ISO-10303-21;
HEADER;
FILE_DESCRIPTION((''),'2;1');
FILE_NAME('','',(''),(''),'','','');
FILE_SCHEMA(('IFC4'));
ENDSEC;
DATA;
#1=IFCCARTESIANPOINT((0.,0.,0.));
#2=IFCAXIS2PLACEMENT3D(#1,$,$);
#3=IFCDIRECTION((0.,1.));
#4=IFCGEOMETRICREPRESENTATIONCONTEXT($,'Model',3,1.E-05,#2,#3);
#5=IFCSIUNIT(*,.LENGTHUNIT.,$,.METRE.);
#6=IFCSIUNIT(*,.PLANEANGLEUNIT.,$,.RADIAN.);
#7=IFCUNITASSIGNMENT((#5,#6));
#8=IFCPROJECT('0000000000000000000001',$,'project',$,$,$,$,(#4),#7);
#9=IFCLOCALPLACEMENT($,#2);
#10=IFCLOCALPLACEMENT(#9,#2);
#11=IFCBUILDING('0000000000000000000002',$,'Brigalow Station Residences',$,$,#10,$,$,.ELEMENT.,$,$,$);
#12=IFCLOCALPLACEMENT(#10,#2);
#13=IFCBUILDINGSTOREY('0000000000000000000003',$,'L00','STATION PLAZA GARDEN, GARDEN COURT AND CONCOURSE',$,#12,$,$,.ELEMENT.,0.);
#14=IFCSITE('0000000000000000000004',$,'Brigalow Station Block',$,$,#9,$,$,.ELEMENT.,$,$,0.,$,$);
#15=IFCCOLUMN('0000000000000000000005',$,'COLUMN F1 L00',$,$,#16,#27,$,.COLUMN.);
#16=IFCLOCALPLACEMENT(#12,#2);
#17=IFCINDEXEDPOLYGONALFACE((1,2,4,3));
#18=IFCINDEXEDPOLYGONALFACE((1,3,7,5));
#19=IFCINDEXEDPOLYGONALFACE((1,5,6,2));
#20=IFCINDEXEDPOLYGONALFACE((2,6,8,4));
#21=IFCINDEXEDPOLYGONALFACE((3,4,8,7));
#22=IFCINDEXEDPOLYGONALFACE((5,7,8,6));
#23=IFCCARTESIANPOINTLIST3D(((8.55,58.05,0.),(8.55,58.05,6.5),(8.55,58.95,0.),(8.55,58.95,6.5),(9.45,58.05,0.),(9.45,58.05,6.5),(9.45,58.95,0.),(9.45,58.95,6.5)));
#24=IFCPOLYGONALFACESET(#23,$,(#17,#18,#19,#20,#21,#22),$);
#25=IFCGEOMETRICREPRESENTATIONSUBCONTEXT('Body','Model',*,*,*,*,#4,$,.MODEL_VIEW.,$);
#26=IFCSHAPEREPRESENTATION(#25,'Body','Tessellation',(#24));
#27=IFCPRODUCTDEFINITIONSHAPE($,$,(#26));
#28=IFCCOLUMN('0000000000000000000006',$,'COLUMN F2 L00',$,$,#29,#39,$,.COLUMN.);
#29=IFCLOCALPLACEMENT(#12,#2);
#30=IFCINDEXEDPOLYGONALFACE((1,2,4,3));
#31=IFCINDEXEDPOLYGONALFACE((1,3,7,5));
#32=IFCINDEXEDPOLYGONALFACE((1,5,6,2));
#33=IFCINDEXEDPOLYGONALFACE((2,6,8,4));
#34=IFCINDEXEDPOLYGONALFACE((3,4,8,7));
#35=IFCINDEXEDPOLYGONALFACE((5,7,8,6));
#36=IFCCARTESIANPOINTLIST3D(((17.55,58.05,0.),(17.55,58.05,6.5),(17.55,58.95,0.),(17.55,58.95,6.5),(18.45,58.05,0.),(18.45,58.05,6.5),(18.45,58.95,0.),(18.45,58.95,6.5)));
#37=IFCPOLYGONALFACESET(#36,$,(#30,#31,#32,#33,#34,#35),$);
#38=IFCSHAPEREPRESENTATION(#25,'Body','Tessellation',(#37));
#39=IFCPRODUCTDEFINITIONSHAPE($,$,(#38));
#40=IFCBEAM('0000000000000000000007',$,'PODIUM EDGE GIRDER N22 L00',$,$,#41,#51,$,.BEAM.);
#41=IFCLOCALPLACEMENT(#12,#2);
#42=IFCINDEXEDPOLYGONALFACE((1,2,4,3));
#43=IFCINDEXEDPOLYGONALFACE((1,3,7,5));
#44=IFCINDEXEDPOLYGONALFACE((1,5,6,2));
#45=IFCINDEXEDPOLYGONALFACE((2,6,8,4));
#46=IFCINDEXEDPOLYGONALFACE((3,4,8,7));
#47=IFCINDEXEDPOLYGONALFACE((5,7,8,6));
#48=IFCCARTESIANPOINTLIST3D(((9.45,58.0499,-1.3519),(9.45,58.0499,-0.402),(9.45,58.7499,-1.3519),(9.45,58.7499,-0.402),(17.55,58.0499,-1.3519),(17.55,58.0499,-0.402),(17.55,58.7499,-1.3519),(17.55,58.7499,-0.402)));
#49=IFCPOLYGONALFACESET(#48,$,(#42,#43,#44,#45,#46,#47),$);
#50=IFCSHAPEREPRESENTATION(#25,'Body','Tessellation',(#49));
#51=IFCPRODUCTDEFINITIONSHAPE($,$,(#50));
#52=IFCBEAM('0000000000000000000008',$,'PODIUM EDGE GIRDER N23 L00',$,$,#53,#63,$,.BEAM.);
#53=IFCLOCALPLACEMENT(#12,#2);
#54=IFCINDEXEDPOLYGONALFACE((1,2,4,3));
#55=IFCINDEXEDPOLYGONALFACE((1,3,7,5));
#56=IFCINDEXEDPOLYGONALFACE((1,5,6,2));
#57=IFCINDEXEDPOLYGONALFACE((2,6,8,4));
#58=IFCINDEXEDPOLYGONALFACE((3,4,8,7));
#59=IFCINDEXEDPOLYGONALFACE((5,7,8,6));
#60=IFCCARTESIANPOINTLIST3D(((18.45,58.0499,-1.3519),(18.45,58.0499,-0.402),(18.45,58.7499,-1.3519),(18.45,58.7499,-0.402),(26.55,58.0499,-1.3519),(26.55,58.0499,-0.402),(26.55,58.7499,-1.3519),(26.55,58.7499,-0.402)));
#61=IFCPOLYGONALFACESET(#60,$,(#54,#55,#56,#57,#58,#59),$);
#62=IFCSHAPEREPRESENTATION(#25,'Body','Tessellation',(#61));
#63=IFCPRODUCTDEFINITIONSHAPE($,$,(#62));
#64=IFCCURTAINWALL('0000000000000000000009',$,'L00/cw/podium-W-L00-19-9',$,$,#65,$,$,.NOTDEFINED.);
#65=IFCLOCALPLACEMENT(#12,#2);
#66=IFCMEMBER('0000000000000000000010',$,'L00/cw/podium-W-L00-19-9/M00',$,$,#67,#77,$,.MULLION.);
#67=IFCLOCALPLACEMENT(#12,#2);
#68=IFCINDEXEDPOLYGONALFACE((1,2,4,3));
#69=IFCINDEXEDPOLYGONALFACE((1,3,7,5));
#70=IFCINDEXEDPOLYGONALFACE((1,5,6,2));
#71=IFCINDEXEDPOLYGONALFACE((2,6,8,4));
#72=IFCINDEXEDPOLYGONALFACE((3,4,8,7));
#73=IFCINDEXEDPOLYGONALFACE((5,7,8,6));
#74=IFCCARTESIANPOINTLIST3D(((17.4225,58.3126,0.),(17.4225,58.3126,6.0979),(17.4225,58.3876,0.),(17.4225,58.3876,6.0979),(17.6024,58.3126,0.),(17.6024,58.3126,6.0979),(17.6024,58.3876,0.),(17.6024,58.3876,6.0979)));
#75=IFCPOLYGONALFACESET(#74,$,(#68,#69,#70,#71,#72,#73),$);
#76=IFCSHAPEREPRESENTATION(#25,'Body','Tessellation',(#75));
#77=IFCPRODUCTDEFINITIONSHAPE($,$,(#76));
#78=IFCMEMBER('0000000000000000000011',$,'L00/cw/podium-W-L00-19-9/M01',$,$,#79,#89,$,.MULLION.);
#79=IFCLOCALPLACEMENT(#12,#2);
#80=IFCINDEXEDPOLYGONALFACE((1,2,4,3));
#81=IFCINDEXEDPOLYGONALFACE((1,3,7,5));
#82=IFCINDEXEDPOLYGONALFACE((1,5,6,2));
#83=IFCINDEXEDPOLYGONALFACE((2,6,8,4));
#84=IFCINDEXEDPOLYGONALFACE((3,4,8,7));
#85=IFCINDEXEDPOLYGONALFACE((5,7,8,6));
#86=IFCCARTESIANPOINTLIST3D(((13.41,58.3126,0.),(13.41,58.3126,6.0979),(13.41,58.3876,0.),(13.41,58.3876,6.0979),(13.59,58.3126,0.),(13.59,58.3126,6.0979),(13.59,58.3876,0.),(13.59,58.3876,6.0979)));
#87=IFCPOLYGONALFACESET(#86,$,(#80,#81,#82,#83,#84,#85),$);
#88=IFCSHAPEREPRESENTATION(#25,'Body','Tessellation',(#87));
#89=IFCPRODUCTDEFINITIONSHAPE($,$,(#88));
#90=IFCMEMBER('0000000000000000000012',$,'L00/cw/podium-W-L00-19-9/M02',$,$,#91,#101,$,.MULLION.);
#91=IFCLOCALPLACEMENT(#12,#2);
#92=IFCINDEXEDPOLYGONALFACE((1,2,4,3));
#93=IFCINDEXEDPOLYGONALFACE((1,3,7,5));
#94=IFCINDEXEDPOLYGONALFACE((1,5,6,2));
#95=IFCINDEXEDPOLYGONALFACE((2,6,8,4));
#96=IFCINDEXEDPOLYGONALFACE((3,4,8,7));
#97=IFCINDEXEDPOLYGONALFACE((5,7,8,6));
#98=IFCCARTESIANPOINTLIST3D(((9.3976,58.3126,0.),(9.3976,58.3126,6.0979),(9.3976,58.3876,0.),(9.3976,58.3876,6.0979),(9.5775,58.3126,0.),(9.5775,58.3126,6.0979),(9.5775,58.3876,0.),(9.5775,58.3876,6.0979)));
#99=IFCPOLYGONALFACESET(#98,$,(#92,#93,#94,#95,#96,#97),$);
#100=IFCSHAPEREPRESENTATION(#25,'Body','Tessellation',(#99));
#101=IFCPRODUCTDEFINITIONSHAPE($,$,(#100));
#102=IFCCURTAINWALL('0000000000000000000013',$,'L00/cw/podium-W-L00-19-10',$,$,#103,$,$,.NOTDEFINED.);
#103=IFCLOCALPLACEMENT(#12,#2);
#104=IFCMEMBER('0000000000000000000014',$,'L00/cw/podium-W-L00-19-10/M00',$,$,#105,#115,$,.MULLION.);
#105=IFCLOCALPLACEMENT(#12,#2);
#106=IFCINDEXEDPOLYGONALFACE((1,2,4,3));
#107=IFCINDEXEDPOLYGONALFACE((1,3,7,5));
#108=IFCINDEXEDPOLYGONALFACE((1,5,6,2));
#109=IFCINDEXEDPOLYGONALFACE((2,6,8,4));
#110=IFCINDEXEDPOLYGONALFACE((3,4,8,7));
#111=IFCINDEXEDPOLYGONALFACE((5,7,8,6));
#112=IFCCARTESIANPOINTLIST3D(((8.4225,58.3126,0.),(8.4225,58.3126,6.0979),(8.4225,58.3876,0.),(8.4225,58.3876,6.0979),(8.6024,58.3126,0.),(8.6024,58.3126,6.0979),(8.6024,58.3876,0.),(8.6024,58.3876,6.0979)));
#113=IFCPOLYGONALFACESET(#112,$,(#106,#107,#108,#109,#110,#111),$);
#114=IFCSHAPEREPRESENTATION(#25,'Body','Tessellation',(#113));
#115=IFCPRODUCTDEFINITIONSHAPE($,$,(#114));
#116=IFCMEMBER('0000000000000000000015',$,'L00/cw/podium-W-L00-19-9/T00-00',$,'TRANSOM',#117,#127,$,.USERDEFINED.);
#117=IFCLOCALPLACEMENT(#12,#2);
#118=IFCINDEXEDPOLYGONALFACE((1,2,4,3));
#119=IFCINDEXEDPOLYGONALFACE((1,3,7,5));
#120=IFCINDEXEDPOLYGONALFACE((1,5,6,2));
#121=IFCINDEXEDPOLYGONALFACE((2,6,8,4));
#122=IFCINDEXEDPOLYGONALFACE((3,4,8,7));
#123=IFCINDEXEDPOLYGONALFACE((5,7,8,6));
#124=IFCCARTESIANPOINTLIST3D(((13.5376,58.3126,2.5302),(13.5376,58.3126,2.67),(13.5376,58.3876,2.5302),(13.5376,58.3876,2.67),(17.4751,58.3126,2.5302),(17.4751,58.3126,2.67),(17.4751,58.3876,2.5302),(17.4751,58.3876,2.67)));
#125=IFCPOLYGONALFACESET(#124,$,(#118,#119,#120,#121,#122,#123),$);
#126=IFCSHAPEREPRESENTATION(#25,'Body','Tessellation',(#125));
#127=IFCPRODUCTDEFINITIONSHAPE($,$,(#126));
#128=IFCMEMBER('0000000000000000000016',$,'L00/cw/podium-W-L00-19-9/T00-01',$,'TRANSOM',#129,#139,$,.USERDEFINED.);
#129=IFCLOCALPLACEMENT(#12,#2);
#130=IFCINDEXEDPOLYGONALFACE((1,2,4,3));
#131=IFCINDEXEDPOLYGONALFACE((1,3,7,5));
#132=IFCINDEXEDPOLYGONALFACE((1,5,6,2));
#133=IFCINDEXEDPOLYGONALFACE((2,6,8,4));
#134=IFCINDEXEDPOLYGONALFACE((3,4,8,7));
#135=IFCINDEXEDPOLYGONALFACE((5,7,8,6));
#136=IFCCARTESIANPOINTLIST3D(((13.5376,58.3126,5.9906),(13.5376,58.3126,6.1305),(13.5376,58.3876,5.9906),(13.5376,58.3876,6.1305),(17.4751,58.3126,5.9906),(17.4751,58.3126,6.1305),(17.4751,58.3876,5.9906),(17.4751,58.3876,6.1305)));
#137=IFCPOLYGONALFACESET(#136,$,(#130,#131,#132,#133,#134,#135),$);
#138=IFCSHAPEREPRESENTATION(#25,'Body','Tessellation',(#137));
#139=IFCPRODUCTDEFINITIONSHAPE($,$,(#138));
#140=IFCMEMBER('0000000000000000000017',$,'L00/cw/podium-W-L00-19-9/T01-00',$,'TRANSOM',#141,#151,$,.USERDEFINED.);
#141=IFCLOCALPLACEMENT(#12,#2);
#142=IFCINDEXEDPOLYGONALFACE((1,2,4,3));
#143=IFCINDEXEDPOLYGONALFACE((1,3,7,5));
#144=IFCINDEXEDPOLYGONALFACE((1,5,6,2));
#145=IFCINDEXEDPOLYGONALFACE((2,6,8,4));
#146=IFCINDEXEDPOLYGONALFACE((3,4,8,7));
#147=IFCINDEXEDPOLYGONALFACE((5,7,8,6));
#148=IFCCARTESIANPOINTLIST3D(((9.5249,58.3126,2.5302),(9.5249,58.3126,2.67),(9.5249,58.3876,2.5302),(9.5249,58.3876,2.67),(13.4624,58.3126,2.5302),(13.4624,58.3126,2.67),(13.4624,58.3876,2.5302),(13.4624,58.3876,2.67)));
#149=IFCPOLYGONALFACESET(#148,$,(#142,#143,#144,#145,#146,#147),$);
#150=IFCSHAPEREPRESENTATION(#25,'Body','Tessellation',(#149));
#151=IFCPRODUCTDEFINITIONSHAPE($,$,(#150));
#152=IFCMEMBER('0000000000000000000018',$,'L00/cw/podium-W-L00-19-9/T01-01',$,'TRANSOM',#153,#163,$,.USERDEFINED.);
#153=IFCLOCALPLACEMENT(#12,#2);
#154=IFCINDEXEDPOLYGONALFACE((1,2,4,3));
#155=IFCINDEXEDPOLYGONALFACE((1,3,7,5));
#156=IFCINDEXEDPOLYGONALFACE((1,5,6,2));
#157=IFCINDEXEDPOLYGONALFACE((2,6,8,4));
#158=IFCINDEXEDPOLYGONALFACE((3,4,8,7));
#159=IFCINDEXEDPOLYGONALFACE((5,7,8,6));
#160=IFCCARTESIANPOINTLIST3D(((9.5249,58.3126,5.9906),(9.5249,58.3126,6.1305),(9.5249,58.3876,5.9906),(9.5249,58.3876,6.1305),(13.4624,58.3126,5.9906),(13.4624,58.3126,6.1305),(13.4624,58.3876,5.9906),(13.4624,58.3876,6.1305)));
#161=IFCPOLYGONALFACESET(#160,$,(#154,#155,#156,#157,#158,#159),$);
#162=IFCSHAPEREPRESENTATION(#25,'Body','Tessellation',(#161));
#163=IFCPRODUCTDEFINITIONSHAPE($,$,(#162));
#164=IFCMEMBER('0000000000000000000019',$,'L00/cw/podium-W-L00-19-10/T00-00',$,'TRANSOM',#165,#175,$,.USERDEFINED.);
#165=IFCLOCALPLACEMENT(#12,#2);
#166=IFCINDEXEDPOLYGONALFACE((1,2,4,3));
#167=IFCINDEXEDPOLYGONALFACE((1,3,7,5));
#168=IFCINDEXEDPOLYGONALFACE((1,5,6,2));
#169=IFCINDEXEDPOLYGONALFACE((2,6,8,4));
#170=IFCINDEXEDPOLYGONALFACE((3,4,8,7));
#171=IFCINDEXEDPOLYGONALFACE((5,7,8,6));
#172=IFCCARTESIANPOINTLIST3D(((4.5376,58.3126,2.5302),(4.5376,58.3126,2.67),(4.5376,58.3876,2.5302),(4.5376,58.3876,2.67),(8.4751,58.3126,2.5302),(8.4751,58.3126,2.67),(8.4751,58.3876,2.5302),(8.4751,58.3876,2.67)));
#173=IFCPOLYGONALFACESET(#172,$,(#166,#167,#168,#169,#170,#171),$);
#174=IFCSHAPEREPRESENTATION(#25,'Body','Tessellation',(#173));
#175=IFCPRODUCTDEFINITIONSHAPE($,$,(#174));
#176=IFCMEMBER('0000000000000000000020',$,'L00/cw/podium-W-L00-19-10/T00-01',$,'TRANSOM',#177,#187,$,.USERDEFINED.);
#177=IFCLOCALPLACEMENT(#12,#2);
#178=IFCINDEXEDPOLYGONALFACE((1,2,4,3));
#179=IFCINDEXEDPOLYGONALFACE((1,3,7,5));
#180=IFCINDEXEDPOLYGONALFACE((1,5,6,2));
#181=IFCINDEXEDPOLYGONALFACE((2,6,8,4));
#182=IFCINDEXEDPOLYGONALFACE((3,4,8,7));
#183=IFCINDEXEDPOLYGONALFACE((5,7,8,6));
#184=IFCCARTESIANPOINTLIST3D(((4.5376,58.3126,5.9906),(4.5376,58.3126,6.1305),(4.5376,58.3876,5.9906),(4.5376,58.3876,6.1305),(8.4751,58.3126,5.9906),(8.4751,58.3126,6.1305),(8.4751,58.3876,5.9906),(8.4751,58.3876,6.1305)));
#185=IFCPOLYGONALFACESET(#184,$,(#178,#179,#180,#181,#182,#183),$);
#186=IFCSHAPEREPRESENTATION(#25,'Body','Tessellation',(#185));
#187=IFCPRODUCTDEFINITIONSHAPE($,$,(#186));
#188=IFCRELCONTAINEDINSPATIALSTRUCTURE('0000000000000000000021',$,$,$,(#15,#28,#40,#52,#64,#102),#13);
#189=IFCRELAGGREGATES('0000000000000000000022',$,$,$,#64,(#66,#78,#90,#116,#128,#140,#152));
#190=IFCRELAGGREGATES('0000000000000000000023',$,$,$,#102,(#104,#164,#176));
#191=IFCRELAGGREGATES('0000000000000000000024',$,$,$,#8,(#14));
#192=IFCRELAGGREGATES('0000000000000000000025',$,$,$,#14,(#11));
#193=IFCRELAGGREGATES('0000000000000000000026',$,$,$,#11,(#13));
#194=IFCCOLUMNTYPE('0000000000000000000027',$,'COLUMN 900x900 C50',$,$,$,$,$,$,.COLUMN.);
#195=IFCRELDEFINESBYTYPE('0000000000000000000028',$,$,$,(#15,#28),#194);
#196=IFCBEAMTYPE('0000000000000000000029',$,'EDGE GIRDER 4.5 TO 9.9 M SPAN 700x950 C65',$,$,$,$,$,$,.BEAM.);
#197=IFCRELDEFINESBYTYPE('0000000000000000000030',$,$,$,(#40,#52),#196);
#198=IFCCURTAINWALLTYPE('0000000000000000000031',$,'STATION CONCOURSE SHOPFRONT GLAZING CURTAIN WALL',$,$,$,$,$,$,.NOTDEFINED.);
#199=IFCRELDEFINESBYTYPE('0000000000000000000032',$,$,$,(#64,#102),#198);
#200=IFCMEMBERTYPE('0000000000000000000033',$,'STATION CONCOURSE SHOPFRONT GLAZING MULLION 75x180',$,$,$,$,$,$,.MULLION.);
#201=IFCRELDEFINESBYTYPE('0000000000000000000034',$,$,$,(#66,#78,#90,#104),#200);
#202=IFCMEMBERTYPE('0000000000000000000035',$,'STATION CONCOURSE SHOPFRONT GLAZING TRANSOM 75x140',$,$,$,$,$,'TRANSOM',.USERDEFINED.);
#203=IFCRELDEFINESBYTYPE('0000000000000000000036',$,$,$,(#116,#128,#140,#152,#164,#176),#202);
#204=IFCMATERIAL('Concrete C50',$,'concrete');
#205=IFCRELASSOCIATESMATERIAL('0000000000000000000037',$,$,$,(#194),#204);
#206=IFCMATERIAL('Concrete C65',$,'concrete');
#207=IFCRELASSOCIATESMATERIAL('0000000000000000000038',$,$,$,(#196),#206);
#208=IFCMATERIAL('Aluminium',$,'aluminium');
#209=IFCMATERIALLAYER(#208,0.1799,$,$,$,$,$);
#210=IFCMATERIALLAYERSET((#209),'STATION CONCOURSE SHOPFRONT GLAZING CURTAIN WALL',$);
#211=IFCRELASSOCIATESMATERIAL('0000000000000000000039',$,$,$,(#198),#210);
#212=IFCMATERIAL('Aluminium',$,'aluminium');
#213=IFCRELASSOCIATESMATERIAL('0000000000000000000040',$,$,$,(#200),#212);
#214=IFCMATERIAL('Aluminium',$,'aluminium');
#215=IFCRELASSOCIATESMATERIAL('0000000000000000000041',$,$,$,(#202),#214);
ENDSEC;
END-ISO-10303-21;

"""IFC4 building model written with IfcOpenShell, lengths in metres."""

from ifc_helpers import new_model, si_unit, direction, frame, origin, origin_2d, place, context, subcontext, project, spatial, rectangle, extrude, material, layer, layer_set, material_profile, profile_set, type_object, element, aggregate, save


model = new_model("IFC4")

# Units and contexts
model_context = context("Model", 3, precision=1e-05, world=origin(), true_north=direction((0.0, 1.0)))
body_context = subcontext(model_context, "Body", "Model", "MODEL_VIEW")
ifc_project = project(units=[si_unit("LENGTHUNIT", "METRE"), si_unit("PLANEANGLEUNIT", "RADIAN")], contexts=[model_context])

# Site, building, storey
site_placement = place(None, origin())
site = spatial("IfcSite", under=ifc_project, at=site_placement, Name="Brigalow Station Block", CompositionType="ELEMENT", RefElevation=0.0)
building_placement = place(site_placement, origin())
building = spatial("IfcBuilding", under=site, at=building_placement, Name="Brigalow Station Residences", CompositionType="ELEMENT")
storey_placement = place(building_placement, origin())
storey = spatial("IfcBuildingStorey", under=building, at=storey_placement, Name="L00", Description="STATION PLAZA GARDEN, GARDEN COURT AND CONCOURSE", CompositionType="ELEMENT", Elevation=0.0)

# Columns
ifc_material_1 = material(Name="Concrete C50", Category="concrete")
ifc_material_profile_1 = material_profile(ifc_material_1, rectangle(XDim=0.8999, YDim=0.8999, at=origin_2d()), Name="RC900x900")
ifc_profile_set_1 = profile_set([ifc_material_profile_1], Name="Concrete C50")
column_type = type_object("IfcColumnType", Name="COLUMN 900x900 C50", PredefinedType="COLUMN", material=ifc_profile_set_1)
for number, where, z_axis, x_axis, name in (
    (1, (9.0, 58.5, 0.0), (0.0, 0.0, 1.0), (1.0, 0.0, 0.0), "COLUMN F1 L00"),
    (2, (18.0, 58.5, 0.0), (0.0, 0.0, 1.0), (1.0, 0.0, 0.0), "COLUMN F2 L00"),
):
    element("IfcColumn", number, at=place(storey_placement, frame(where, z_axis=z_axis, x_axis=x_axis)), inside=storey, type_object=column_type, Name=name, PredefinedType="COLUMN", context=body_context, shape_type="SweptSolid", body=[
        extrude(rectangle(XDim=0.8999, YDim=0.8999, at=origin_2d()), origin(), (0.0, 0.0, 1.0), 6.5),
    ])

# Beams
ifc_material_2 = material(Name="Concrete C65", Category="concrete")
ifc_material_profile_2 = material_profile(ifc_material_2, rectangle(XDim=0.7, YDim=0.95, at=origin_2d()), Name="RC700x950")
ifc_profile_set_2 = profile_set([ifc_material_profile_2], Name="Concrete C65")
beam_type = type_object("IfcBeamType", Name="EDGE GIRDER 4.5 TO 9.9 M SPAN 700x950 C65", PredefinedType="BEAM", material=ifc_profile_set_2)
for number, where, z_axis, x_axis, name in (
    (3, (9.45, 58.3999, -0.877), (1.0, 0.0, 0.0), (0.0, 1.0, 0.0), "PODIUM EDGE GIRDER N22 L00"),
    (4, (18.45, 58.3999, -0.877), (1.0, 0.0, 0.0), (0.0, 1.0, 0.0), "PODIUM EDGE GIRDER N23 L00"),
):
    element("IfcBeam", number, at=place(storey_placement, frame(where, z_axis=z_axis, x_axis=x_axis)), inside=storey, type_object=beam_type, Name=name, PredefinedType="BEAM", context=body_context, shape_type="SweptSolid", body=[
        extrude(rectangle(XDim=0.7, YDim=0.95, at=origin_2d()), origin(), (0.0, 0.0, 1.0), 8.1001),
    ])

# Curtain wall, members
ifc_material_3 = material(Name="Aluminium", Category="aluminium")
ifc_layer_1 = layer(ifc_material_3, 0.1799)
ifc_layer_set_1 = layer_set([ifc_layer_1], Name="STATION CONCOURSE SHOPFRONT GLAZING CURTAIN WALL")
curtain_wall_type = type_object("IfcCurtainWallType", Name="STATION CONCOURSE SHOPFRONT GLAZING CURTAIN WALL", PredefinedType="NOTDEFINED", material=ifc_layer_set_1)
curtain_wall_1_placement = place(storey_placement, origin())
curtain_wall_1 = element("IfcCurtainWall", 5, at=curtain_wall_1_placement, inside=storey, type_object=curtain_wall_type, Name="L00/cw/podium-W-L00-19-9", PredefinedType="NOTDEFINED")
ifc_material_4 = material(Name="Aluminium", Category="aluminium")
ifc_material_profile_3 = material_profile(ifc_material_4, rectangle(XDim=0.075, YDim=0.1799, at=origin_2d()), Name="STATION CONCOURSE SHOPFRONT GLAZING MULLION 75x180")
ifc_profile_set_3 = profile_set([ifc_material_profile_3], Name="Aluminium")
member_type_1 = type_object("IfcMemberType", Name="STATION CONCOURSE SHOPFRONT GLAZING MULLION 75x180", PredefinedType="MULLION", material=ifc_profile_set_3)
member_1_placement = place(storey_placement, frame((17.5125, 58.3501, 0.0), z_axis=(0.0, 0.0, 1.0), x_axis=(0.0, -1.0, 0.0)))
member_1 = element("IfcMember", 6, at=member_1_placement, type_object=member_type_1, Name="L00/cw/podium-W-L00-19-9/M00", PredefinedType="MULLION", context=body_context, shape_type="SweptSolid", body=[
    extrude(rectangle(XDim=0.075, YDim=0.1799, at=origin_2d()), origin(), (0.0, 0.0, 1.0), 6.0979),
])
member_2_placement = place(storey_placement, frame((13.5, 58.3501, 0.0), z_axis=(0.0, 0.0, 1.0), x_axis=(0.0, -1.0, 0.0)))
member_2 = element("IfcMember", 7, at=member_2_placement, type_object=member_type_1, Name="L00/cw/podium-W-L00-19-9/M01", PredefinedType="MULLION", context=body_context, shape_type="SweptSolid", body=[
    extrude(rectangle(XDim=0.075, YDim=0.1799, at=origin_2d()), origin(), (0.0, 0.0, 1.0), 6.0979),
])
member_3_placement = place(storey_placement, frame((9.4875, 58.3501, 0.0), z_axis=(0.0, 0.0, 1.0), x_axis=(0.0, -1.0, 0.0)))
member_3 = element("IfcMember", 8, at=member_3_placement, type_object=member_type_1, Name="L00/cw/podium-W-L00-19-9/M02", PredefinedType="MULLION", context=body_context, shape_type="SweptSolid", body=[
    extrude(rectangle(XDim=0.075, YDim=0.1799, at=origin_2d()), origin(), (0.0, 0.0, 1.0), 6.0979),
])

# Curtain wall, member
curtain_wall_2_placement = place(storey_placement, origin())
curtain_wall_2 = element("IfcCurtainWall", 9, at=curtain_wall_2_placement, inside=storey, type_object=curtain_wall_type, Name="L00/cw/podium-W-L00-19-10", PredefinedType="NOTDEFINED")
member_4_placement = place(storey_placement, frame((8.5125, 58.3501, 0.0), z_axis=(0.0, 0.0, 1.0), x_axis=(0.0, -1.0, 0.0)))
member_4 = element("IfcMember", 10, at=member_4_placement, type_object=member_type_1, Name="L00/cw/podium-W-L00-19-10/M00", PredefinedType="MULLION", context=body_context, shape_type="SweptSolid", body=[
    extrude(rectangle(XDim=0.075, YDim=0.1799, at=origin_2d()), origin(), (0.0, 0.0, 1.0), 6.0979),
])

# Members
ifc_material_5 = material(Name="Aluminium", Category="aluminium")
ifc_material_profile_4 = material_profile(ifc_material_5, rectangle(XDim=0.075, YDim=0.1399, at=origin_2d()), Name="STATION CONCOURSE SHOPFRONT GLAZING TRANSOM 75x140")
ifc_profile_set_4 = profile_set([ifc_material_profile_4], Name="Aluminium")
member_type_2 = type_object("IfcMemberType", Name="STATION CONCOURSE SHOPFRONT GLAZING TRANSOM 75x140", ElementType="TRANSOM", PredefinedType="USERDEFINED", material=ifc_profile_set_4)
member_5_placement = place(storey_placement, frame((17.4751, 58.3501, 2.6001), z_axis=(-1.0, 0.0, 0.0), x_axis=(0.0, -1.0, 0.0)))
member_5 = element("IfcMember", 11, at=member_5_placement, type_object=member_type_2, Name="L00/cw/podium-W-L00-19-9/T00-00", ObjectType="TRANSOM", PredefinedType="USERDEFINED", context=body_context, shape_type="SweptSolid", body=[
    extrude(rectangle(XDim=0.075, YDim=0.1399, at=origin_2d()), origin(), (0.0, 0.0, 1.0), 3.9375),
])
member_6_placement = place(storey_placement, frame((17.4751, 58.3501, 6.0605), z_axis=(-1.0, 0.0, 0.0), x_axis=(0.0, -1.0, 0.0)))
member_6 = element("IfcMember", 12, at=member_6_placement, type_object=member_type_2, Name="L00/cw/podium-W-L00-19-9/T00-01", ObjectType="TRANSOM", PredefinedType="USERDEFINED", context=body_context, shape_type="SweptSolid", body=[
    extrude(rectangle(XDim=0.075, YDim=0.1399, at=origin_2d()), origin(), (0.0, 0.0, 1.0), 3.9375),
])
member_7_placement = place(storey_placement, frame((13.4624, 58.3501, 2.6001), z_axis=(-1.0, 0.0, 0.0), x_axis=(0.0, -1.0, 0.0)))
member_7 = element("IfcMember", 13, at=member_7_placement, type_object=member_type_2, Name="L00/cw/podium-W-L00-19-9/T01-00", ObjectType="TRANSOM", PredefinedType="USERDEFINED", context=body_context, shape_type="SweptSolid", body=[
    extrude(rectangle(XDim=0.075, YDim=0.1399, at=origin_2d()), origin(), (0.0, 0.0, 1.0), 3.9375),
])
member_8_placement = place(storey_placement, frame((13.4624, 58.3501, 6.0605), z_axis=(-1.0, 0.0, 0.0), x_axis=(0.0, -1.0, 0.0)))
member_8 = element("IfcMember", 14, at=member_8_placement, type_object=member_type_2, Name="L00/cw/podium-W-L00-19-9/T01-01", ObjectType="TRANSOM", PredefinedType="USERDEFINED", context=body_context, shape_type="SweptSolid", body=[
    extrude(rectangle(XDim=0.075, YDim=0.1399, at=origin_2d()), origin(), (0.0, 0.0, 1.0), 3.9375),
])
member_9_placement = place(storey_placement, frame((8.4751, 58.3501, 2.6001), z_axis=(-1.0, 0.0, 0.0), x_axis=(0.0, -1.0, 0.0)))
member_9 = element("IfcMember", 15, at=member_9_placement, type_object=member_type_2, Name="L00/cw/podium-W-L00-19-10/T00-00", ObjectType="TRANSOM", PredefinedType="USERDEFINED", context=body_context, shape_type="SweptSolid", body=[
    extrude(rectangle(XDim=0.075, YDim=0.1399, at=origin_2d()), origin(), (0.0, 0.0, 1.0), 3.9375),
])
member_10_placement = place(storey_placement, frame((8.4751, 58.3501, 6.0605), z_axis=(-1.0, 0.0, 0.0), x_axis=(0.0, -1.0, 0.0)))
member_10 = element("IfcMember", 16, at=member_10_placement, type_object=member_type_2, Name="L00/cw/podium-W-L00-19-10/T00-01", ObjectType="TRANSOM", PredefinedType="USERDEFINED", context=body_context, shape_type="SweptSolid", body=[
    extrude(rectangle(XDim=0.075, YDim=0.1399, at=origin_2d()), origin(), (0.0, 0.0, 1.0), 3.9375),
])

aggregate(curtain_wall_1, [member_1, member_2, member_3, member_5, member_6, member_7, member_8])
aggregate(curtain_wall_2, [member_4, member_9, member_10])

save(model, "model.ifc")
